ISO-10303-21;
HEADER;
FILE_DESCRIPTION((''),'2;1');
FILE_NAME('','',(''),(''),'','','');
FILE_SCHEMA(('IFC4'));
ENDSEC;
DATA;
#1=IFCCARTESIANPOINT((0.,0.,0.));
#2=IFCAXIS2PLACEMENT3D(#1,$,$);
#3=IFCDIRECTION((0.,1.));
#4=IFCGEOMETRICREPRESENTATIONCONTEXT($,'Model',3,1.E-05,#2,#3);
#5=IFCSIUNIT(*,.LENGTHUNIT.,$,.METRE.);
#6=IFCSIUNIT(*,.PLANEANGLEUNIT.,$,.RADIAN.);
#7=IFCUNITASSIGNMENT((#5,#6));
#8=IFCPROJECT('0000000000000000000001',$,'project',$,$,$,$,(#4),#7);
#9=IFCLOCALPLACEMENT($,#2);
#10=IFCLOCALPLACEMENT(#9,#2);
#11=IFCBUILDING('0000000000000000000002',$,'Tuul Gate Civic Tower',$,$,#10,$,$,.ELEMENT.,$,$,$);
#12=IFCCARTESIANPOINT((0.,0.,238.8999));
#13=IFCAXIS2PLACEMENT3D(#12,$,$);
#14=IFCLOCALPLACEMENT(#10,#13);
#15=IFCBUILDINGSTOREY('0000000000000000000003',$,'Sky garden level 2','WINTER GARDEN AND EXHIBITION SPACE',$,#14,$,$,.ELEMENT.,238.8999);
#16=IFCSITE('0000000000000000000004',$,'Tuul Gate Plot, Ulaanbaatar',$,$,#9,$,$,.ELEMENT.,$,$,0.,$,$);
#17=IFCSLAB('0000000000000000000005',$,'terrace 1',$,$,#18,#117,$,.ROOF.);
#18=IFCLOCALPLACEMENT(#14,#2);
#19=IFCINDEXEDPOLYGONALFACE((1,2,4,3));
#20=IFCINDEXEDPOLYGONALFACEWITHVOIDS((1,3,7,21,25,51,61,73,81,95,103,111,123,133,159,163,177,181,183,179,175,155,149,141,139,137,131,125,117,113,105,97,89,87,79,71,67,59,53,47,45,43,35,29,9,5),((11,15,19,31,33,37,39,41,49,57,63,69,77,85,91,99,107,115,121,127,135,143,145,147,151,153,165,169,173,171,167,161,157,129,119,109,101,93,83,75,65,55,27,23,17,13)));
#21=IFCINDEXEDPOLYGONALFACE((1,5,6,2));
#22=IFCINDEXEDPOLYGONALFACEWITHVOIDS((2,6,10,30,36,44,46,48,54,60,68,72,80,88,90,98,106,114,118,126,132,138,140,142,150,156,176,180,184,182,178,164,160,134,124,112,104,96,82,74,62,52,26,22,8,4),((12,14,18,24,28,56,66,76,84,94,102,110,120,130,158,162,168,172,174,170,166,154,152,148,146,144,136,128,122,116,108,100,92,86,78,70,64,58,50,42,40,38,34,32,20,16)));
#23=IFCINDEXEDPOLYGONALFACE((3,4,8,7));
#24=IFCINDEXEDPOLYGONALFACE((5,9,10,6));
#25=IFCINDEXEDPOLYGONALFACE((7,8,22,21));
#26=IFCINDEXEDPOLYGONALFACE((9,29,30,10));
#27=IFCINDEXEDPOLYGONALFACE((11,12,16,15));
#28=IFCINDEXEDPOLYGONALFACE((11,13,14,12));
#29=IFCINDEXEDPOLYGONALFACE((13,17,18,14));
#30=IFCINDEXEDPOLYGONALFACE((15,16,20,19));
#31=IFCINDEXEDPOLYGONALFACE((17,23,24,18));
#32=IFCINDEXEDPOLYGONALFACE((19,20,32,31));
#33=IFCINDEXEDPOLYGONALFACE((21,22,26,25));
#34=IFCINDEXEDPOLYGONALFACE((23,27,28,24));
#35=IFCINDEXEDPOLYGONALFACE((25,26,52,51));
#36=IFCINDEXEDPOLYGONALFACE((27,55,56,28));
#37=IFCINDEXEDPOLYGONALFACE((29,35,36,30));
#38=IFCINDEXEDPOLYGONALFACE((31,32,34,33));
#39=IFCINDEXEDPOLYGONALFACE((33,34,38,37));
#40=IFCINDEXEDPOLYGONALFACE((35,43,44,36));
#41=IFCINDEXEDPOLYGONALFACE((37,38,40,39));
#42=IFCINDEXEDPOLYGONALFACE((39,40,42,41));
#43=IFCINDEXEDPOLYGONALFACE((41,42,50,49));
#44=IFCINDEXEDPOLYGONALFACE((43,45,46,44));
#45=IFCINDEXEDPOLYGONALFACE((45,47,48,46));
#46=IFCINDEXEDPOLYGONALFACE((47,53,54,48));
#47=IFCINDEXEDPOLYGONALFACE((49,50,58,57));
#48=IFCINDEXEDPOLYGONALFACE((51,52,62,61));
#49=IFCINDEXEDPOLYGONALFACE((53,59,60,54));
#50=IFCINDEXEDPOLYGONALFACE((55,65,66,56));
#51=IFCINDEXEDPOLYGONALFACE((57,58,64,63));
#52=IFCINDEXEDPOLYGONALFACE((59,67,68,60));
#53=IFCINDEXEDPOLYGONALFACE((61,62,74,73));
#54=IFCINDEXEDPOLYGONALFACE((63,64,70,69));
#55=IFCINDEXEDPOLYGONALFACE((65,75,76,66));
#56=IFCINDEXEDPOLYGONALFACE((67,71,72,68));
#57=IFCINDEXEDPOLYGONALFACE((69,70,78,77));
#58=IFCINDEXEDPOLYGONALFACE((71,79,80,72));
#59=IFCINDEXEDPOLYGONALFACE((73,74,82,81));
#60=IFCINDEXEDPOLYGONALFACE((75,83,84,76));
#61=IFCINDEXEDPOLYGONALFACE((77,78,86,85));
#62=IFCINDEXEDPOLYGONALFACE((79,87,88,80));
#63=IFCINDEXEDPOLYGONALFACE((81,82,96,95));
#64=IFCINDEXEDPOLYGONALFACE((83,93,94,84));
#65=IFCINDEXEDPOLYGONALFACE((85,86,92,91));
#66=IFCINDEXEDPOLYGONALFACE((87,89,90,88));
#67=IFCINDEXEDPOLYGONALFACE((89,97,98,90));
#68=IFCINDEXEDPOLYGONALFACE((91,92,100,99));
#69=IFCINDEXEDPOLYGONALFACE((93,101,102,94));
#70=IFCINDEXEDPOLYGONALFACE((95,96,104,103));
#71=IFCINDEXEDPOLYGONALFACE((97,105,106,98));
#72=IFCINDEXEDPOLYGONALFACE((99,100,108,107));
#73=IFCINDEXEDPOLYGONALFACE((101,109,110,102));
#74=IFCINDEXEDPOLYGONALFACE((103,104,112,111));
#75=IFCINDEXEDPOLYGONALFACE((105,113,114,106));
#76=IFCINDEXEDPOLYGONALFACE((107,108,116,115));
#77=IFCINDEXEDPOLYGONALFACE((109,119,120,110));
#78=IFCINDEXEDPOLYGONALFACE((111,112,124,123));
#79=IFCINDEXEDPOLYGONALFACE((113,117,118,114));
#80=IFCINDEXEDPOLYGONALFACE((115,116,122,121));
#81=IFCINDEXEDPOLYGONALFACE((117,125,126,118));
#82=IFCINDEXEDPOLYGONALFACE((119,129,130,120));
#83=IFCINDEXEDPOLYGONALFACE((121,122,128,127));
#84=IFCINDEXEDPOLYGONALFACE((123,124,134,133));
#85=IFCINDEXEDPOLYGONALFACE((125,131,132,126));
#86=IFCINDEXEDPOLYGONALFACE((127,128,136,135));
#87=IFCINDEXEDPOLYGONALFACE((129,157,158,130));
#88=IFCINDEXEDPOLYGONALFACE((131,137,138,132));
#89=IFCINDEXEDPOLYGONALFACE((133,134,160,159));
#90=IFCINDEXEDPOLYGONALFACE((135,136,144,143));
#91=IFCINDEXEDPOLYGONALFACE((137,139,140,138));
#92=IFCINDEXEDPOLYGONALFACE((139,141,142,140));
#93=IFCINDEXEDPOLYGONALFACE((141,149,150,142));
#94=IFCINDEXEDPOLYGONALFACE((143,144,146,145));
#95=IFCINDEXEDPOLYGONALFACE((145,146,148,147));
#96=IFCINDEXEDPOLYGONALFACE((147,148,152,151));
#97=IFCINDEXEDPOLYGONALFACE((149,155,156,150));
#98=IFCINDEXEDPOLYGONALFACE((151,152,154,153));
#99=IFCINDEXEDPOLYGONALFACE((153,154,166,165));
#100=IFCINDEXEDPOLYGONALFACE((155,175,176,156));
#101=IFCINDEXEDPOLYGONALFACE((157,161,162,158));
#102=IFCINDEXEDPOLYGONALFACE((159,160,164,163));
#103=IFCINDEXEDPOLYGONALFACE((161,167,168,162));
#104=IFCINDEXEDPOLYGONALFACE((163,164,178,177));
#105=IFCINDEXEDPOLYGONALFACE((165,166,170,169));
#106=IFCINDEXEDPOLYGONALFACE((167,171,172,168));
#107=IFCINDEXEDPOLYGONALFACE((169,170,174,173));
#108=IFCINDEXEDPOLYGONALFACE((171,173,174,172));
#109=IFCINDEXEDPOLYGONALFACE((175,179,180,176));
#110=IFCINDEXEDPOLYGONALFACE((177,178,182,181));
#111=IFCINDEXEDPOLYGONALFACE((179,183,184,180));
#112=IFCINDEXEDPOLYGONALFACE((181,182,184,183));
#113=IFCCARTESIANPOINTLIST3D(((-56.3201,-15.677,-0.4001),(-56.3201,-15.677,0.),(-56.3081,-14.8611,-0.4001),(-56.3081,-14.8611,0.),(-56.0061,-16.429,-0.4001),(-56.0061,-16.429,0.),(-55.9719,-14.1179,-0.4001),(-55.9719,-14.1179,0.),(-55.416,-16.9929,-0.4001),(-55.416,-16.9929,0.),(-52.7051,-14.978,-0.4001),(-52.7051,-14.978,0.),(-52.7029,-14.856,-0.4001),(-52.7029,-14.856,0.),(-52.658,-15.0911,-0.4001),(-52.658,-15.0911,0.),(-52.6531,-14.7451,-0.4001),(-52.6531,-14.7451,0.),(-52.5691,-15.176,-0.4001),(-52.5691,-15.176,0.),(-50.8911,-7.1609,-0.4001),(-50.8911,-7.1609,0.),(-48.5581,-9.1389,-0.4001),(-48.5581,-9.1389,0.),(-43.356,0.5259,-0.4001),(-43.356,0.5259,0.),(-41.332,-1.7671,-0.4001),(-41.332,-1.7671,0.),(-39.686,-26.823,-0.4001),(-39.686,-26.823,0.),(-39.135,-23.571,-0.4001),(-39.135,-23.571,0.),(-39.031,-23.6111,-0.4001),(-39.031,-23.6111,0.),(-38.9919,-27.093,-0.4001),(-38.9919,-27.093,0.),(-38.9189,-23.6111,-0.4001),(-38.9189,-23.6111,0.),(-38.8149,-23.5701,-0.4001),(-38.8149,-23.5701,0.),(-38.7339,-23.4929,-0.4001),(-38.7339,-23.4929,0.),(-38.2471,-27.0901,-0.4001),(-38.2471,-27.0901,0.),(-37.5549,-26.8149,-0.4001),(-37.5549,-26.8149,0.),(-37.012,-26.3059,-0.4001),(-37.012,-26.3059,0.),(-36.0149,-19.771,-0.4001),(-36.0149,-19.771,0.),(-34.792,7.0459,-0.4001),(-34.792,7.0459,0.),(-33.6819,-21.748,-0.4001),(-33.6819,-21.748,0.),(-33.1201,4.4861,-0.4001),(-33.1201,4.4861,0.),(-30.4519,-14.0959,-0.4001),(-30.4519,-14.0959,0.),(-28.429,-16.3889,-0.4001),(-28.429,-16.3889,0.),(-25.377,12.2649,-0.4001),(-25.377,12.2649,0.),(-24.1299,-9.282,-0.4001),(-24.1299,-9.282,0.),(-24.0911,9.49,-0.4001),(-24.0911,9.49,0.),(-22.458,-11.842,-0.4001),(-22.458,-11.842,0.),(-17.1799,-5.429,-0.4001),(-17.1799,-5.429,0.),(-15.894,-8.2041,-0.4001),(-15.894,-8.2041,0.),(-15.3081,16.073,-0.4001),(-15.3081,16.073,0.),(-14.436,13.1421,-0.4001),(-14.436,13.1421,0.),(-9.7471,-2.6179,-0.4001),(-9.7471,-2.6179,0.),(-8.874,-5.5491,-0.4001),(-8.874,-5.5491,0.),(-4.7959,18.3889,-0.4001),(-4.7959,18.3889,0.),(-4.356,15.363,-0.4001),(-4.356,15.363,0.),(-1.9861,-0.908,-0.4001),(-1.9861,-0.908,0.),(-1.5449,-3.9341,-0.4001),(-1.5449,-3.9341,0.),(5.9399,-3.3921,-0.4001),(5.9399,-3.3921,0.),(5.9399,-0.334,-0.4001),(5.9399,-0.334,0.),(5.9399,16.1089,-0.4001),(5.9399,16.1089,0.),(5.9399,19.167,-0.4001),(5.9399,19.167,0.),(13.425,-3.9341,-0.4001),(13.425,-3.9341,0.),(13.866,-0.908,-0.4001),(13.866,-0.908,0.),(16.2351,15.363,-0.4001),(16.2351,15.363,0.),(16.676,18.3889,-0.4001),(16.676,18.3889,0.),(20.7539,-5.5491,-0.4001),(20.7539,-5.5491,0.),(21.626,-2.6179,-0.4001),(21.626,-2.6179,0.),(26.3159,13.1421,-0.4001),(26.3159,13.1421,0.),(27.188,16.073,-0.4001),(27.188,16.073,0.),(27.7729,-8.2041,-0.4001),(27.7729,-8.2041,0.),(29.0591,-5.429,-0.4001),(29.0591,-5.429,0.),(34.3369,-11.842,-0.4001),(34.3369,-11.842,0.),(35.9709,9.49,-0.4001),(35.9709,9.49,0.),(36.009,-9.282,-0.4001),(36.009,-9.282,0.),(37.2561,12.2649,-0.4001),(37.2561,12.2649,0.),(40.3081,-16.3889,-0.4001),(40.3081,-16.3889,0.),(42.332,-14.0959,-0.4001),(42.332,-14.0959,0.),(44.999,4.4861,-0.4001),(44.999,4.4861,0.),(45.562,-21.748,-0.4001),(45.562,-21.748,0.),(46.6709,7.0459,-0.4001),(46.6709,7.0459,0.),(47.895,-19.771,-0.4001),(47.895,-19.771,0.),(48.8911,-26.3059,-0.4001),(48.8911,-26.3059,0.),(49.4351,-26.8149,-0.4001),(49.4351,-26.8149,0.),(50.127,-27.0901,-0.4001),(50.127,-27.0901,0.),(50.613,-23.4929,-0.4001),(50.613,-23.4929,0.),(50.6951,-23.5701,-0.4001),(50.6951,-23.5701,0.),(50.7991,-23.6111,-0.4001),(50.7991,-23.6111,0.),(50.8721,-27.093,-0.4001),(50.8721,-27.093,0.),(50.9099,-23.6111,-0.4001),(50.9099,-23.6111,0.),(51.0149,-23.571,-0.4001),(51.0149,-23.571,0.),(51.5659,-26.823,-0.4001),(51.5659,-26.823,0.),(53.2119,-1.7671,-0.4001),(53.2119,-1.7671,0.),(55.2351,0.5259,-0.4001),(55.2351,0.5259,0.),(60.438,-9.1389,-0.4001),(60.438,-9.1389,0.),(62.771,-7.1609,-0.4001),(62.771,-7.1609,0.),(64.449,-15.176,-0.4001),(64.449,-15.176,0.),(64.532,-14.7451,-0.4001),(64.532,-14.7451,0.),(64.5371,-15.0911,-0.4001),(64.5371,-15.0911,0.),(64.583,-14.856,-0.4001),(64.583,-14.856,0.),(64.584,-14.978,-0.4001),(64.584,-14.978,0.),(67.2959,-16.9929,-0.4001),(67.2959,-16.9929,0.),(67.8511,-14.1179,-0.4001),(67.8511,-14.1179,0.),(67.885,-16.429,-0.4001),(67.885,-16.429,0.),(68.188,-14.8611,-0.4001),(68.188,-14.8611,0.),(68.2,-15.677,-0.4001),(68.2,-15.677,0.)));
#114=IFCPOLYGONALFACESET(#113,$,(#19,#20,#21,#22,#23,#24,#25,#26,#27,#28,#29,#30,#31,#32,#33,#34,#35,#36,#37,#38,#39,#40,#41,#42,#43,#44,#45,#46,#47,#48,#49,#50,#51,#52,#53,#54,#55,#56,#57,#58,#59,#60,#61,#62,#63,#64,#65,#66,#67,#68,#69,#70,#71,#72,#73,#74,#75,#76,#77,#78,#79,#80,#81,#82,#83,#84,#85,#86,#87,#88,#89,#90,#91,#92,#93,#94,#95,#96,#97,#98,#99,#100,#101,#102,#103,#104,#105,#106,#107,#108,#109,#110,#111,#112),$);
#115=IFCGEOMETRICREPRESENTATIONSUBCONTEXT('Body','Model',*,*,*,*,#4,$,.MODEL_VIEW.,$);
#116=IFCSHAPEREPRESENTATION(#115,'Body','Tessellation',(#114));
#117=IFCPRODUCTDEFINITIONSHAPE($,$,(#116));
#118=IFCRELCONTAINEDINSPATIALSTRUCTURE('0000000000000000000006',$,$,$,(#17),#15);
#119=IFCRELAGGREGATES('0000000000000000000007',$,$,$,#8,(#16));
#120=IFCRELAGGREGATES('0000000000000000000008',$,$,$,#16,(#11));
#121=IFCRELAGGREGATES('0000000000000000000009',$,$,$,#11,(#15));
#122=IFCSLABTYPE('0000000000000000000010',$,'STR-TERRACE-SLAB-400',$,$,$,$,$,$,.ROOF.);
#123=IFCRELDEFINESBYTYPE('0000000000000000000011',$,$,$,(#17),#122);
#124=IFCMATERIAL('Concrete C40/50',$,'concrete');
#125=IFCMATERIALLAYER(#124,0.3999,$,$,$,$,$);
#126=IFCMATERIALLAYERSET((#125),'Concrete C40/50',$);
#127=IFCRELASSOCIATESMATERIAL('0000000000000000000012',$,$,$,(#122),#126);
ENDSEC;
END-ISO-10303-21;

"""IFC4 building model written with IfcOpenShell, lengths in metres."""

from ifc_helpers import new_model, si_unit, direction, frame, origin, place, context, subcontext, project, spatial, polyline, outline, extrude, material, layer, layer_set, type_object, element, save


model = new_model("IFC4")

# Units and contexts
model_context = context("Model", 3, precision=1e-05, world=origin(), true_north=direction((0.0, 1.0)))
body_context = subcontext(model_context, "Body", "Model", "MODEL_VIEW")
ifc_project = project(units=[si_unit("LENGTHUNIT", "METRE"), si_unit("PLANEANGLEUNIT", "RADIAN")], contexts=[model_context])

# Site, building, storey
site_placement = place(None, origin())
site = spatial("IfcSite", under=ifc_project, at=site_placement, Name="Tuul Gate Plot, Ulaanbaatar", CompositionType="ELEMENT", RefElevation=0.0)
building_placement = place(site_placement, origin())
building = spatial("IfcBuilding", under=site, at=building_placement, Name="Tuul Gate Civic Tower", CompositionType="ELEMENT")
storey_placement = place(building_placement, frame((0.0, 0.0, 238.8999)))
storey = spatial("IfcBuildingStorey", under=building, at=storey_placement, Name="Sky garden level 2", Description="WINTER GARDEN AND EXHIBITION SPACE", CompositionType="ELEMENT", Elevation=238.8999)

# Slab
ifc_material_1 = material(Name="Concrete C40/50", Category="concrete")
ifc_layer_1 = layer(ifc_material_1, 0.3999)
ifc_layer_set_1 = layer_set([ifc_layer_1], Name="Concrete C40/50")
slab_type_1 = type_object("IfcSlabType", Name="STR-TERRACE-SLAB-400", PredefinedType="ROOF", material=ifc_layer_set_1)
slab_1_placement = place(storey_placement, frame((0.0, 0.0, -0.4001)))
element("IfcSlab", 1, at=slab_1_placement, inside=storey, type_object=slab_type_1, Name="terrace 1", PredefinedType="ROOF", context=body_context, shape_type="SweptSolid", body=[
    extrude(outline(polyline([(51.5659, -26.823), (50.8721, -27.093), (50.127, -27.0901), (49.4351, -26.8149), (48.8911, -26.3059), (45.562, -21.748), (40.3081, -16.3889), (34.3369, -11.842), (27.7729, -8.2041), (20.7539, -5.5491), (13.425, -3.9341), (5.9399, -3.3921), (-1.5449, -3.9341), (-8.874, -5.5491), (-15.894, -8.2041), (-22.458, -11.842), (-28.429, -16.3889), (-33.6819, -21.748), (-37.012, -26.3059), (-37.5549, -26.8149), (-38.2471, -27.0901), (-38.9919, -27.093), (-39.686, -26.823), (-55.416, -16.9929), (-56.0061, -16.429), (-56.3201, -15.677), (-56.3081, -14.8611), (-55.9719, -14.1179), (-50.8911, -7.1609), (-43.356, 0.5259), (-34.792, 7.0459), (-25.377, 12.2649), (-15.3081, 16.073), (-4.7959, 18.3889), (5.9399, 19.167), (16.676, 18.3889), (27.188, 16.073), (37.2561, 12.2649), (46.6709, 7.0459), (55.2351, 0.5259), (62.771, -7.1609), (67.8511, -14.1179), (68.188, -14.8611), (68.2, -15.677), (67.885, -16.429), (67.2959, -16.9929), (51.5659, -26.823)]), holes=[polyline([(64.5371, -15.0911), (64.584, -14.978), (64.583, -14.856), (64.532, -14.7451), (60.438, -9.1389), (53.2119, -1.7671), (44.999, 4.4861), (35.9709, 9.49), (26.3159, 13.1421), (16.2351, 15.363), (5.9399, 16.1089), (-4.356, 15.363), (-14.436, 13.1421), (-24.0911, 9.49), (-33.1201, 4.4861), (-41.332, -1.7671), (-48.5581, -9.1389), (-52.6531, -14.7451), (-52.7029, -14.856), (-52.7051, -14.978), (-52.658, -15.0911), (-52.5691, -15.176), (-39.135, -23.571), (-39.031, -23.6111), (-38.9189, -23.6111), (-38.8149, -23.5701), (-38.7339, -23.4929), (-36.0149, -19.771), (-30.4519, -14.0959), (-24.1299, -9.282), (-17.1799, -5.429), (-9.7471, -2.6179), (-1.9861, -0.908), (5.9399, -0.334), (13.866, -0.908), (21.626, -2.6179), (29.0591, -5.429), (36.009, -9.282), (42.332, -14.0959), (47.895, -19.771), (50.613, -23.4929), (50.6951, -23.5701), (50.7991, -23.6111), (50.9099, -23.6111), (51.0149, -23.571), (64.449, -15.176), (64.5371, -15.0911)])]), origin(), (0.0, 0.0, 1.0), 0.4001),
])

save(model, "model.ifc")
